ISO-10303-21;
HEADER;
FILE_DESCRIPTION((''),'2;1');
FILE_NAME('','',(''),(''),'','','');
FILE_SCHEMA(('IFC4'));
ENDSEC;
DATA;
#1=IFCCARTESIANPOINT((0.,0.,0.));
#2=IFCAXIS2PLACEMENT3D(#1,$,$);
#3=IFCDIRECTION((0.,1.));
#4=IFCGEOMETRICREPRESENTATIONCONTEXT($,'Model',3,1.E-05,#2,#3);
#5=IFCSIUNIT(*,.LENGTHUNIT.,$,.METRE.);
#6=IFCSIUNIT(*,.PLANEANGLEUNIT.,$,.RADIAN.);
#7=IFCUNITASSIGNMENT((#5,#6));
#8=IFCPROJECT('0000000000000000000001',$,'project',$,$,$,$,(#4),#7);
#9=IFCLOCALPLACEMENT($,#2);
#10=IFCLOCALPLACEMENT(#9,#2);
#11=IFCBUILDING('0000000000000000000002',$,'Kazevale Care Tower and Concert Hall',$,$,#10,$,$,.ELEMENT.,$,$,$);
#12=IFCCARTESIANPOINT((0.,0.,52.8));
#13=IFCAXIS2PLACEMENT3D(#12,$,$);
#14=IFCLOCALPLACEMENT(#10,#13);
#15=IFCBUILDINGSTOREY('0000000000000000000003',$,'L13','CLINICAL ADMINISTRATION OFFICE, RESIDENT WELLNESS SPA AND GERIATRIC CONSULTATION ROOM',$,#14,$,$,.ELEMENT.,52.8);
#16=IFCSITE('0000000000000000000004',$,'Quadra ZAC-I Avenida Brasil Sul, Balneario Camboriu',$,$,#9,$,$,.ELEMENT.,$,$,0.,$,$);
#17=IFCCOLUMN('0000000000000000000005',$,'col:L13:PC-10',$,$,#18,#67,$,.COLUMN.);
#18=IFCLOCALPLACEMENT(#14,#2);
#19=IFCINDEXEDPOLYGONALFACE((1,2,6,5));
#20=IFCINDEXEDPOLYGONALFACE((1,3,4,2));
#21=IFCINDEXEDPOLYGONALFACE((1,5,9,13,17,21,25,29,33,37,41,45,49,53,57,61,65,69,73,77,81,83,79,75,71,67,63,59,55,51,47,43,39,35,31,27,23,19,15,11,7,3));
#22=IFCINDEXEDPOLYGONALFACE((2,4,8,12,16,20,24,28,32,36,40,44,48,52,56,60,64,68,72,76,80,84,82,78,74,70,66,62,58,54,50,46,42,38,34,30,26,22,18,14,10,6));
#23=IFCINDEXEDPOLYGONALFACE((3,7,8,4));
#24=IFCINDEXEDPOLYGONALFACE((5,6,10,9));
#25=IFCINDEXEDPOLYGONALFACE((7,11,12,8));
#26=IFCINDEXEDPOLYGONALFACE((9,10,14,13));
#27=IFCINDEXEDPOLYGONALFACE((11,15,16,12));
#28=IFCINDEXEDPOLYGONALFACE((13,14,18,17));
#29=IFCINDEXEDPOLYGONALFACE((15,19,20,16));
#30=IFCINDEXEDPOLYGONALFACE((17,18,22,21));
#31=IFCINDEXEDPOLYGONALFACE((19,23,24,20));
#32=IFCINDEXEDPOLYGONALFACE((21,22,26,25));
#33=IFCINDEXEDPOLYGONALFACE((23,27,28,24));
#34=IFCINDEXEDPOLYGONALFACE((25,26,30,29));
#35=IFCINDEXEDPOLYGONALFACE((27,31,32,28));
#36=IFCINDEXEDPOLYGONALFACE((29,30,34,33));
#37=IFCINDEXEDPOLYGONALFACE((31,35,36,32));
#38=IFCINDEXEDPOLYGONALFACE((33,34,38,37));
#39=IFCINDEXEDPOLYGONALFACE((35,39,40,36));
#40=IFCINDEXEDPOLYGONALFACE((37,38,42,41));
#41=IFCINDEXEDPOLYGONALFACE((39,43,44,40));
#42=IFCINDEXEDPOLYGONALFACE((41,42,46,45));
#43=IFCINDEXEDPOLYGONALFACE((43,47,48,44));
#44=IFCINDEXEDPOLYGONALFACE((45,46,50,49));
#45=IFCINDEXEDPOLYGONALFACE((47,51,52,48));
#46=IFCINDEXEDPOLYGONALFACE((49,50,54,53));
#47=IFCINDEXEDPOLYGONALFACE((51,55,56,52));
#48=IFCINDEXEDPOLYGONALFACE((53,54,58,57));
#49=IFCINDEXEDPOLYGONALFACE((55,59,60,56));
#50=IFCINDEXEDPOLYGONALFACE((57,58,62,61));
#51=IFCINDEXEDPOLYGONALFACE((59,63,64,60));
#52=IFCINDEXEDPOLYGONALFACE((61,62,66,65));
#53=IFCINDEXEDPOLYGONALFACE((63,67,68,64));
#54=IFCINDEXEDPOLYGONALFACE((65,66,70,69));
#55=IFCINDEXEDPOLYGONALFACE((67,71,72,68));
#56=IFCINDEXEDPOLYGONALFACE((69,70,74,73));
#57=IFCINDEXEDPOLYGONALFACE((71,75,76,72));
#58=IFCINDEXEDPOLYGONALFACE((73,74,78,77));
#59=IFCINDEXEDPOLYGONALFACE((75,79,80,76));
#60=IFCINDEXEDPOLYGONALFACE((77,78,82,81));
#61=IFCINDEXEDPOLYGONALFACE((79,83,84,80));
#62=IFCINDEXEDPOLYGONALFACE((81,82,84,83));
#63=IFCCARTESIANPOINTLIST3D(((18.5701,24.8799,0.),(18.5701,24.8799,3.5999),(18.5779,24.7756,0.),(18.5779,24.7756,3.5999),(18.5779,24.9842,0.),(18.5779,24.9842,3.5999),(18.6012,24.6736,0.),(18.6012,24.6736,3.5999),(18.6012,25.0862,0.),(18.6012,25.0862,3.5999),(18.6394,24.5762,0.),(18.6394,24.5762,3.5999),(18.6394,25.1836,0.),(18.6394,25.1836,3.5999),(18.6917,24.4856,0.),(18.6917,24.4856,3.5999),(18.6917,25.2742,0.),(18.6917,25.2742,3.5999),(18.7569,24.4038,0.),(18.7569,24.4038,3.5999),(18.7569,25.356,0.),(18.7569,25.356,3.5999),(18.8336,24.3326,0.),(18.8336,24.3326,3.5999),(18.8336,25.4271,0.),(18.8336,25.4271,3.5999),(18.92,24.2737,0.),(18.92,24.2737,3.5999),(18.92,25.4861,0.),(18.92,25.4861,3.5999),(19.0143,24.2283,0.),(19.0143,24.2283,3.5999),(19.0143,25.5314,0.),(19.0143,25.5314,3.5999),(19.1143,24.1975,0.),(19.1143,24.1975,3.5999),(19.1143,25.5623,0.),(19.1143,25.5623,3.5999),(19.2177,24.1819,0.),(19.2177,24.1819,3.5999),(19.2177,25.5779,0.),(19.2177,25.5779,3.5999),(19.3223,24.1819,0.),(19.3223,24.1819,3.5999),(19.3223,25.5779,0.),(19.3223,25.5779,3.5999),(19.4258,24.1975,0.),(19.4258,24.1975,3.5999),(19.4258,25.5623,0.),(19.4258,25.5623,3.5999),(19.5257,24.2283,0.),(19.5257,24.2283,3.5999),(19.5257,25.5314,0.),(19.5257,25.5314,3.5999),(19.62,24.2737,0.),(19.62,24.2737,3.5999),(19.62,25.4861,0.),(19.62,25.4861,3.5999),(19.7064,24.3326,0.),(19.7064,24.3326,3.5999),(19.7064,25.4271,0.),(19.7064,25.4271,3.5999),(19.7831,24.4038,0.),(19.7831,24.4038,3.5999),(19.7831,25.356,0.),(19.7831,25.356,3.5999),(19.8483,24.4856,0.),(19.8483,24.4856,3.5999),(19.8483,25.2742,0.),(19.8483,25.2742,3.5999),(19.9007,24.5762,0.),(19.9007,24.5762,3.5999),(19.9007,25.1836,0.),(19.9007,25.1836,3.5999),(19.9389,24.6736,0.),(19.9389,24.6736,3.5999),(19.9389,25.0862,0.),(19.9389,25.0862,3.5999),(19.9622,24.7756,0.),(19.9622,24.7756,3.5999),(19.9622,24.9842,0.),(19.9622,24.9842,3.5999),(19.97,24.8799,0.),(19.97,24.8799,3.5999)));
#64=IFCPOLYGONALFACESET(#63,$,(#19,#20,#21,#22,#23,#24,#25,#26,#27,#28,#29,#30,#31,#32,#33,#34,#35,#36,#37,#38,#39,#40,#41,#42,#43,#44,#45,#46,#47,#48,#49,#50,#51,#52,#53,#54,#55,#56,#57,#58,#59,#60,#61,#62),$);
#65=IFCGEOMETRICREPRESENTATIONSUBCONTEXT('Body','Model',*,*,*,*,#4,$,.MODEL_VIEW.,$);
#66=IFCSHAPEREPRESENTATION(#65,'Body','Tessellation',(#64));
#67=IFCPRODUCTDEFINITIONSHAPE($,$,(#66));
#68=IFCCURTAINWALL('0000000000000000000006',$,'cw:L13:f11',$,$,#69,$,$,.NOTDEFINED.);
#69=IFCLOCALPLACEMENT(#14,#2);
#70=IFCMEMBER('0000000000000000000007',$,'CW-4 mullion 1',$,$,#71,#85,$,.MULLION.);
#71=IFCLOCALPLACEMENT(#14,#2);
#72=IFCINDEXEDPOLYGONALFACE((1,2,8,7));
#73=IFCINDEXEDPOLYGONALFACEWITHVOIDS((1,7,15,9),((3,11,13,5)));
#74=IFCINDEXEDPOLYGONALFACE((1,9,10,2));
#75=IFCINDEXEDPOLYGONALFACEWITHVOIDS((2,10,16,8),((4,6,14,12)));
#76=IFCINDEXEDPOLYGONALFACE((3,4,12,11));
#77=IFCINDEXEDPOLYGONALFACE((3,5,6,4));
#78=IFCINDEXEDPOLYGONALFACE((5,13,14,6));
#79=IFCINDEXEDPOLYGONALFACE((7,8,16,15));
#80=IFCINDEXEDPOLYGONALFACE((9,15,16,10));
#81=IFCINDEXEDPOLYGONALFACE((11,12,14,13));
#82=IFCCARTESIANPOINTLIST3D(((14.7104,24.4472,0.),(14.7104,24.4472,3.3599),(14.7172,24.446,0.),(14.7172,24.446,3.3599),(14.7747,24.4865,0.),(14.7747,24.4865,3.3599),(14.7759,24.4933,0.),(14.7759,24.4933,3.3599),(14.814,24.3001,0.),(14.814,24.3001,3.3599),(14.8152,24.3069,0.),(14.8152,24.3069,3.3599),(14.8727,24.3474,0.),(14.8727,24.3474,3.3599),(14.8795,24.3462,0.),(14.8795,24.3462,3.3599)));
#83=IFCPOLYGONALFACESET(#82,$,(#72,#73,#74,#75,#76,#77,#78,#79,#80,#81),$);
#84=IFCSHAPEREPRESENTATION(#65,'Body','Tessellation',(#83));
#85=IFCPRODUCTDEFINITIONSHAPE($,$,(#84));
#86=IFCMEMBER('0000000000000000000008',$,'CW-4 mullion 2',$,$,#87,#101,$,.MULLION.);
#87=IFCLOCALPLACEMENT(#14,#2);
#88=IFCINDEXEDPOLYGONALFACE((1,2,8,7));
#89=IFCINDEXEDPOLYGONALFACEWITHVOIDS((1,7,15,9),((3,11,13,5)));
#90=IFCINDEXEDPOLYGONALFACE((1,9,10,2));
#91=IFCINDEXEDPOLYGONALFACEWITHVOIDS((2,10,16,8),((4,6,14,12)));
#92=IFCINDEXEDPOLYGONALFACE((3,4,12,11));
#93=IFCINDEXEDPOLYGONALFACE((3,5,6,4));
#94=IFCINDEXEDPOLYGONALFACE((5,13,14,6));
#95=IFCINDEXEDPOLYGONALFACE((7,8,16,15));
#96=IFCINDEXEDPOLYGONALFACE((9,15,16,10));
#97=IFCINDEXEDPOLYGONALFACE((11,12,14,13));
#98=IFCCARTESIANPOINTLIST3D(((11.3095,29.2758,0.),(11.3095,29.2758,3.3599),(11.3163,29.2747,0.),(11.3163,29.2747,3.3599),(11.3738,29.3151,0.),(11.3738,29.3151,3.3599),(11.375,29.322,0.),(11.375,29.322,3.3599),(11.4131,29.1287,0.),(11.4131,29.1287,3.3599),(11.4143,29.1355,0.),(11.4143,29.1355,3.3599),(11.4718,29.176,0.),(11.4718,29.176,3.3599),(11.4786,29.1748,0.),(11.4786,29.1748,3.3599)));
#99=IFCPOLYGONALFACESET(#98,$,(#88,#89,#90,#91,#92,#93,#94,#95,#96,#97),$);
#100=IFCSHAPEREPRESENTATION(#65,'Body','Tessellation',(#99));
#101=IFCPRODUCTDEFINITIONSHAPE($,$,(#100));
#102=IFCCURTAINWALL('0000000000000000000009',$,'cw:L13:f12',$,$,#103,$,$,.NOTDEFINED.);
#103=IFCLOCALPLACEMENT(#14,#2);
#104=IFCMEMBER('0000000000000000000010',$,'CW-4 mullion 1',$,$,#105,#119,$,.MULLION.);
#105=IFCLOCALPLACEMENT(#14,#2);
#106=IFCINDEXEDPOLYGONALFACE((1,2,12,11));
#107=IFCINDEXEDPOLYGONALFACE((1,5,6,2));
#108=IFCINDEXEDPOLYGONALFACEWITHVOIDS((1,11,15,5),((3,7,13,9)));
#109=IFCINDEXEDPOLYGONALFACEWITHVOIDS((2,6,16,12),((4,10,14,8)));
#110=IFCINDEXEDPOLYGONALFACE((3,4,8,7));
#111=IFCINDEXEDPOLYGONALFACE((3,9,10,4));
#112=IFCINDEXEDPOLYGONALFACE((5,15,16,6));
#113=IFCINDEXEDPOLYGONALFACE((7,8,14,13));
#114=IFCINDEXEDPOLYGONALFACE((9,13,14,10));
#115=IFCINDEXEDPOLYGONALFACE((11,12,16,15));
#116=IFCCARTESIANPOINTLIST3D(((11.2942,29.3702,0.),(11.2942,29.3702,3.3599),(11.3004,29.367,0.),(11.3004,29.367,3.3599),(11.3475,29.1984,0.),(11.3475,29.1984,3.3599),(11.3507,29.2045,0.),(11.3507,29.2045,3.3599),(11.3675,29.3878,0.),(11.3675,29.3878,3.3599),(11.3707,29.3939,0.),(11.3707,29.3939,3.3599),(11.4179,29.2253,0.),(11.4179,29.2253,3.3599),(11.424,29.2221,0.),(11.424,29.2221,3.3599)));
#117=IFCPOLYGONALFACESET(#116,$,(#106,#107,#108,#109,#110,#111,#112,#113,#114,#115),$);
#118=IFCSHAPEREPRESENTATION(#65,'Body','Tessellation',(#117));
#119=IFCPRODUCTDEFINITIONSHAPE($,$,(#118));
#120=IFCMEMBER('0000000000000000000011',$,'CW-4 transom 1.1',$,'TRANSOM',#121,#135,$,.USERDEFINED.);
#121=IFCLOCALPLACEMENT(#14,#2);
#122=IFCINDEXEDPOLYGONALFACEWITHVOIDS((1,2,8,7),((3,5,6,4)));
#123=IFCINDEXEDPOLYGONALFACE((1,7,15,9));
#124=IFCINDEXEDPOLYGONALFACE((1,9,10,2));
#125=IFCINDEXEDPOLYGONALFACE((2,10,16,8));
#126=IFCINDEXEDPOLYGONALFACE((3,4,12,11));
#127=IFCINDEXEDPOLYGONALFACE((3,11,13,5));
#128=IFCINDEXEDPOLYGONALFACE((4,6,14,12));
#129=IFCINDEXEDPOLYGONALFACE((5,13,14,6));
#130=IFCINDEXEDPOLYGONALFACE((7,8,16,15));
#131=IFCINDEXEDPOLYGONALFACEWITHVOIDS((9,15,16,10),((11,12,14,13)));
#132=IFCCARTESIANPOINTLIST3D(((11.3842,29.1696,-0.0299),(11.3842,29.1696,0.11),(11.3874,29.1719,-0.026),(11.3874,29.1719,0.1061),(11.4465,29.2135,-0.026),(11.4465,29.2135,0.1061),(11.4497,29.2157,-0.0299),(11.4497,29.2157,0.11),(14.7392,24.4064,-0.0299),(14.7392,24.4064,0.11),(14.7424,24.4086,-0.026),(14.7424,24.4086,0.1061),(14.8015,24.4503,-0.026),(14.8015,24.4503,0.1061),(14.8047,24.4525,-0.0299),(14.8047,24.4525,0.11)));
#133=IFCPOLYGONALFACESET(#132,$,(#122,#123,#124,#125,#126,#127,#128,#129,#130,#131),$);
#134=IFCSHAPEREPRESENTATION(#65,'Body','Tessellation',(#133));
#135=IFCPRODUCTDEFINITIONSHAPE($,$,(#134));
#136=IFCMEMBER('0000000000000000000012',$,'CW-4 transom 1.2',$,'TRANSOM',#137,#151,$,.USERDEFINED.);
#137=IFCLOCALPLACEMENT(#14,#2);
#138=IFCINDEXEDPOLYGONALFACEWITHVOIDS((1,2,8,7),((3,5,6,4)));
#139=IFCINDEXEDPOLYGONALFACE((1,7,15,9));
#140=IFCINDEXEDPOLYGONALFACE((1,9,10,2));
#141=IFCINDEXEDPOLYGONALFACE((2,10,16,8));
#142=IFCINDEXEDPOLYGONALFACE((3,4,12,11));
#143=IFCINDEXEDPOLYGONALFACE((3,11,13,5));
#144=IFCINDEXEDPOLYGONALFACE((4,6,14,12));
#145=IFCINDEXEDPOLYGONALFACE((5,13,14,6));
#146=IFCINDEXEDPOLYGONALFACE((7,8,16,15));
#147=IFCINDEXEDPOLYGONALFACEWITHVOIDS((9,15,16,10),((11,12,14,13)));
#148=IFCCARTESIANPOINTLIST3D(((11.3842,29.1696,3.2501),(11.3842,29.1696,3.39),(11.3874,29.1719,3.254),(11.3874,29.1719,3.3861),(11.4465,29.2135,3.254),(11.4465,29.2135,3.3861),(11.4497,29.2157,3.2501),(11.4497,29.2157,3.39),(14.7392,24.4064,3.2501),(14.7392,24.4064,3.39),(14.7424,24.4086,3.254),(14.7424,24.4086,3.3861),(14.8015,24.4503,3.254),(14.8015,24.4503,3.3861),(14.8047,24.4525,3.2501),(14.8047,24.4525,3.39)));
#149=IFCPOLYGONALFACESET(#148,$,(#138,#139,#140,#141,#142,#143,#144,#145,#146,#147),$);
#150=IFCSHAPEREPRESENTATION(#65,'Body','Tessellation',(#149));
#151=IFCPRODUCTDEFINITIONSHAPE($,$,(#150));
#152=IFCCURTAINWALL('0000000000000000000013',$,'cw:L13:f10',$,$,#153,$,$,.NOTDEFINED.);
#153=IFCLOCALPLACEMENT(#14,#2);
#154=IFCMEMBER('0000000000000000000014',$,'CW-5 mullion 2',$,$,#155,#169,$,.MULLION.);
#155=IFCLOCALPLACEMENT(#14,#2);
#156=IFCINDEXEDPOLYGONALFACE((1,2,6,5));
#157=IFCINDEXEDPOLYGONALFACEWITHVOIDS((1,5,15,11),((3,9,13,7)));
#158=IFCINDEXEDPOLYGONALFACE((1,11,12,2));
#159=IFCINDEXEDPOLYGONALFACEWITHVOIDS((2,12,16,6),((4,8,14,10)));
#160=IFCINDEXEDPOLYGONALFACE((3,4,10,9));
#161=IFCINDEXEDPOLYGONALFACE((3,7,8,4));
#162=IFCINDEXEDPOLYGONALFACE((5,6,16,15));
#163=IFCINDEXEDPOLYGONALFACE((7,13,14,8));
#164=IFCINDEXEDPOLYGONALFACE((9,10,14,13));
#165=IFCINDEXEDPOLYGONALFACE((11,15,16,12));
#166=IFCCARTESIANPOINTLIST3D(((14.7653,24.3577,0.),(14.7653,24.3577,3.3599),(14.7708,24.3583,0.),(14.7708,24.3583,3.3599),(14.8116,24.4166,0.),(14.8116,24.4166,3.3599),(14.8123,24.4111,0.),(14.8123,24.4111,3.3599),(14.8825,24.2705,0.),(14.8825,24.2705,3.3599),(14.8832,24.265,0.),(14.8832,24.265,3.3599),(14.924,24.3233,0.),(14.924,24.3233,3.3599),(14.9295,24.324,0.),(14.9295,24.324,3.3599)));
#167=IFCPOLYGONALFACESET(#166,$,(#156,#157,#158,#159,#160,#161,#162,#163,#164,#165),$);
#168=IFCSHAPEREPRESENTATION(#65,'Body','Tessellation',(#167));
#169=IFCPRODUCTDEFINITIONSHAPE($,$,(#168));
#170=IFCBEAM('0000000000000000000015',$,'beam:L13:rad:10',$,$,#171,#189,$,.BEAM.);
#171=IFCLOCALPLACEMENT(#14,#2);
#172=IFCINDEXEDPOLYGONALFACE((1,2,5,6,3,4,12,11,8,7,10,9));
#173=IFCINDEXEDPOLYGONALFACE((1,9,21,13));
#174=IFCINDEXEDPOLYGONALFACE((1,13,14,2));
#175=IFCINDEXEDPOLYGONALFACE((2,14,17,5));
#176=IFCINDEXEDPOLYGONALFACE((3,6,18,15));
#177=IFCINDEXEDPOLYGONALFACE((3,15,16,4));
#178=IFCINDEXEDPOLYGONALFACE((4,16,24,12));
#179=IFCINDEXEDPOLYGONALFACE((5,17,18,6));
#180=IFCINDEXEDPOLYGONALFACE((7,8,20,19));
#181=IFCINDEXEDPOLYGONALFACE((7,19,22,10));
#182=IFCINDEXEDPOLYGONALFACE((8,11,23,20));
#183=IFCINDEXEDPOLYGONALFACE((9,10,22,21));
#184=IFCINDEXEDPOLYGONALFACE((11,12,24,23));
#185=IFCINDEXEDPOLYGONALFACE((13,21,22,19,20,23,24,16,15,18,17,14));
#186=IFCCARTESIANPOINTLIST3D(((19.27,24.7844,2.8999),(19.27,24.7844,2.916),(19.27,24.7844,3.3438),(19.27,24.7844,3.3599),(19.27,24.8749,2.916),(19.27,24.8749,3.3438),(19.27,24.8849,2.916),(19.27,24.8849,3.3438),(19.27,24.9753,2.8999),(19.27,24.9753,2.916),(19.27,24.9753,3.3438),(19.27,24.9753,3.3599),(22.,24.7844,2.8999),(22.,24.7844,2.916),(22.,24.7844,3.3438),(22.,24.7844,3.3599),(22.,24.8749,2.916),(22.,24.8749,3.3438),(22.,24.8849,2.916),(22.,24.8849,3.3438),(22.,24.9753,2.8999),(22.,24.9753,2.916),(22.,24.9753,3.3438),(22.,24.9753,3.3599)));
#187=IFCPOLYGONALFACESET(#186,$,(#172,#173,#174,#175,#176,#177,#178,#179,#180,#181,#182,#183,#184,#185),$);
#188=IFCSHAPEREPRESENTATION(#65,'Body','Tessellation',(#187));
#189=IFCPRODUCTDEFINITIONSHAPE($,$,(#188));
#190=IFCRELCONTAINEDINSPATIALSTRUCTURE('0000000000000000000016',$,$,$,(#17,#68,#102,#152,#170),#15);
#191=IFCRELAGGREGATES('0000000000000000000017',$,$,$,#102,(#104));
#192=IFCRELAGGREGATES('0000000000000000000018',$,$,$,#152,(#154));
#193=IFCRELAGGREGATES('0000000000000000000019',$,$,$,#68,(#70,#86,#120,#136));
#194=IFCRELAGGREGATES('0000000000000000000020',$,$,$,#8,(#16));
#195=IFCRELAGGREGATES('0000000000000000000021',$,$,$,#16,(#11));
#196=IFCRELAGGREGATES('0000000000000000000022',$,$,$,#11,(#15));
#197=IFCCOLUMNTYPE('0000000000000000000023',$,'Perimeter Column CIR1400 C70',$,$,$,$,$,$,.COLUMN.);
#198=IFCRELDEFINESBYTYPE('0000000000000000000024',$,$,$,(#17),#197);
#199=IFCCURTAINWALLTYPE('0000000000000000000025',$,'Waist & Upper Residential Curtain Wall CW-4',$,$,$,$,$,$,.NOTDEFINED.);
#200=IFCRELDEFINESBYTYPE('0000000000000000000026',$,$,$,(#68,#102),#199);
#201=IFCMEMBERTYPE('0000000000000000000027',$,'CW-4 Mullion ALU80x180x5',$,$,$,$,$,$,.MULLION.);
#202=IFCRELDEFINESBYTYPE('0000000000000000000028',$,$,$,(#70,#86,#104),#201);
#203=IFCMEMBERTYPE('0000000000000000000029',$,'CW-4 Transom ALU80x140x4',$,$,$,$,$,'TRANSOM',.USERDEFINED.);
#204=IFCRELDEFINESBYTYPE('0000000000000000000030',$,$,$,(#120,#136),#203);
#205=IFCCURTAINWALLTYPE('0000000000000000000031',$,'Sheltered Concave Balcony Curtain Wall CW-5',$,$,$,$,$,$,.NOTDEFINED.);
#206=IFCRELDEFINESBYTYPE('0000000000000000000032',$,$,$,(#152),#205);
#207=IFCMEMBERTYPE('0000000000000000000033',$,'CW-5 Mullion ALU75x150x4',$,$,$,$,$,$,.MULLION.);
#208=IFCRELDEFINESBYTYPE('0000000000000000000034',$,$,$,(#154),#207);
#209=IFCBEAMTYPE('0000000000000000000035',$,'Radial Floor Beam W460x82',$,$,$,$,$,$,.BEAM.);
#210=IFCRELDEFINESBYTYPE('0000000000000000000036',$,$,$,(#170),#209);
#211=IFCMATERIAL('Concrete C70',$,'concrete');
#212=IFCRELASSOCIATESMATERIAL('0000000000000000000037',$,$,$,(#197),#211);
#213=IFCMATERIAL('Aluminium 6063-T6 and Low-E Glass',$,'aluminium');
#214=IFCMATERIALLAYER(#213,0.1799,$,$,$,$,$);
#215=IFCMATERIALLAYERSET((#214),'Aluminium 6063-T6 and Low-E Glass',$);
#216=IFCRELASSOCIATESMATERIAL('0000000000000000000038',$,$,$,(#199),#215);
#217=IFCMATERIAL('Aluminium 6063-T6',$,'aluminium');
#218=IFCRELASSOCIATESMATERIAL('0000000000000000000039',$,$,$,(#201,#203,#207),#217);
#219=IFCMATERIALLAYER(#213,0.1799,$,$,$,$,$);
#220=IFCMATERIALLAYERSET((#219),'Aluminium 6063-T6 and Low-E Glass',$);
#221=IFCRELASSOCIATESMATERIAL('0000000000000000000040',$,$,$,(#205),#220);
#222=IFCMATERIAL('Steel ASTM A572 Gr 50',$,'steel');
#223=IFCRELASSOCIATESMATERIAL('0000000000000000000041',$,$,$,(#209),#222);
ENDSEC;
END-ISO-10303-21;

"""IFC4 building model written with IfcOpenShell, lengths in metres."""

from ifc_helpers import new_model, si_unit, direction, frame, origin, origin_2d, place, context, subcontext, project, spatial, hollow_rectangle, circle, i_section, extrude, material, layer, layer_set, material_profile, profile_set, type_object, element, aggregate, save


model = new_model("IFC4")

# Units and contexts
model_context = context("Model", 3, precision=1e-05, world=origin(), true_north=direction((0.0, 1.0)))
body_context = subcontext(model_context, "Body", "Model", "MODEL_VIEW")
ifc_project = project(units=[si_unit("LENGTHUNIT", "METRE"), si_unit("PLANEANGLEUNIT", "RADIAN")], contexts=[model_context])

# Site, building, storey
site_placement = place(None, origin())
site = spatial("IfcSite", under=ifc_project, at=site_placement, Name="Quadra ZAC-I Avenida Brasil Sul, Balneario Camboriu", CompositionType="ELEMENT", RefElevation=0.0)
building_placement = place(site_placement, origin())
building = spatial("IfcBuilding", under=site, at=building_placement, Name="Kazevale Care Tower and Concert Hall", CompositionType="ELEMENT")
storey_placement = place(building_placement, frame((0.0, 0.0, 52.8)))
storey = spatial("IfcBuildingStorey", under=building, at=storey_placement, Name="L13", Description="CLINICAL ADMINISTRATION OFFICE, RESIDENT WELLNESS SPA AND GERIATRIC CONSULTATION ROOM", CompositionType="ELEMENT", Elevation=52.8)

# Column
ifc_material_1 = material(Name="Concrete C70", Category="concrete")
ifc_material_profile_1 = material_profile(ifc_material_1, circle(Radius=0.7, at=origin_2d()), Name="RC-CIR1400")
ifc_profile_set_1 = profile_set([ifc_material_profile_1], Name="Concrete C70")
column_type = type_object("IfcColumnType", Name="Perimeter Column CIR1400 C70", PredefinedType="COLUMN", material=ifc_profile_set_1)
column_placement = place(storey_placement, frame((19.27, 24.8799, 0.0), z_axis=(0.0, 0.0, 1.0), x_axis=(1.0, 0.0, 0.0)))
element("IfcColumn", 1, at=column_placement, inside=storey, type_object=column_type, Name="col:L13:PC-10", PredefinedType="COLUMN", context=body_context, shape_type="SweptSolid", body=[
    extrude(circle(Radius=0.7, at=origin_2d()), origin(), (0.0, 0.0, 1.0), 3.5999),
])

# Curtain wall, members
ifc_material_2 = material(Name="Aluminium 6063-T6 and Low-E Glass", Category="aluminium")
ifc_layer_1 = layer(ifc_material_2, 0.1799)
ifc_layer_set_1 = layer_set([ifc_layer_1], Name="Aluminium 6063-T6 and Low-E Glass")
curtain_wall_type_1 = type_object("IfcCurtainWallType", Name="Waist & Upper Residential Curtain Wall CW-4", PredefinedType="NOTDEFINED", material=ifc_layer_set_1)
curtain_wall_1_placement = place(storey_placement, origin())
curtain_wall_1 = element("IfcCurtainWall", 2, at=curtain_wall_1_placement, inside=storey, type_object=curtain_wall_type_1, Name="cw:L13:f11", PredefinedType="NOTDEFINED")
ifc_material_3 = material(Name="Aluminium 6063-T6", Category="aluminium")
ifc_material_profile_2 = material_profile(ifc_material_3, hollow_rectangle(XDim=0.0801, YDim=0.1799, WallThickness=0.0049, at=origin_2d()), Name="ALU80x180x5")
ifc_profile_set_2 = profile_set([ifc_material_profile_2], Name="Aluminium 6063-T6")
member_type_1 = type_object("IfcMemberType", Name="CW-4 Mullion ALU80x180x5", PredefinedType="MULLION", material=ifc_profile_set_2)
member_1_placement = place(storey_placement, frame((14.7949, 24.3967, 0.0), z_axis=(0.0, 0.0, 1.0), x_axis=(-0.817565, -0.575837, 0.0)))
member_1 = element("IfcMember", 3, at=member_1_placement, type_object=member_type_1, Name="CW-4 mullion 1", PredefinedType="MULLION", context=body_context, shape_type="SweptSolid", body=[
    extrude(hollow_rectangle(XDim=0.0801, YDim=0.1799, WallThickness=0.0049, at=origin_2d()), origin(), (0.0, 0.0, 1.0), 3.3599),
])
member_2_placement = place(storey_placement, frame((11.394, 29.2253, 0.0), z_axis=(0.0, 0.0, 1.0), x_axis=(-0.817565, -0.575837, 0.0)))
member_2 = element("IfcMember", 4, at=member_2_placement, type_object=member_type_1, Name="CW-4 mullion 2", PredefinedType="MULLION", context=body_context, shape_type="SweptSolid", body=[
    extrude(hollow_rectangle(XDim=0.0801, YDim=0.1799, WallThickness=0.0049, at=origin_2d()), origin(), (0.0, 0.0, 1.0), 3.3599),
])

# Curtain wall, member
curtain_wall_2_placement = place(storey_placement, origin())
curtain_wall_2 = element("IfcCurtainWall", 5, at=curtain_wall_2_placement, inside=storey, type_object=curtain_wall_type_1, Name="cw:L13:f12", PredefinedType="NOTDEFINED")
member_3_placement = place(storey_placement, frame((11.3591, 29.2961, 0.0), z_axis=(0.0, 0.0, 1.0), x_axis=(-0.955157, -0.296099, 0.0)))
member_3 = element("IfcMember", 6, at=member_3_placement, type_object=member_type_1, Name="CW-4 mullion 1", PredefinedType="MULLION", context=body_context, shape_type="SweptSolid", body=[
    extrude(hollow_rectangle(XDim=0.0801, YDim=0.1799, WallThickness=0.0049, at=origin_2d()), origin(), (0.0, 0.0, 1.0), 3.3599),
])
aggregate(curtain_wall_2, [member_3])

# Members
ifc_material_profile_3 = material_profile(ifc_material_3, hollow_rectangle(XDim=0.0801, YDim=0.1399, WallThickness=0.0039, at=origin_2d()), Name="ALU80x140x4")
ifc_profile_set_3 = profile_set([ifc_material_profile_3], Name="Aluminium 6063-T6")
member_type_2 = type_object("IfcMemberType", Name="CW-4 Transom ALU80x140x4", ElementType="TRANSOM", PredefinedType="USERDEFINED", material=ifc_profile_set_3)
member_4_placement = place(storey_placement, frame((14.772, 24.4294, 0.04), z_axis=(-0.57585, 0.817555, 0.0), x_axis=(-0.817555, -0.57585, 0.0)))
member_4 = element("IfcMember", 7, at=member_4_placement, type_object=member_type_2, Name="CW-4 transom 1.1", ObjectType="TRANSOM", PredefinedType="USERDEFINED", context=body_context, shape_type="SweptSolid", body=[
    extrude(hollow_rectangle(XDim=0.0801, YDim=0.1399, WallThickness=0.0039, at=origin_2d()), origin(), (0.0, 0.0, 1.0), 5.8262),
])
member_5_placement = place(storey_placement, frame((14.772, 24.4294, 3.3201), z_axis=(-0.57585, 0.817555, 0.0), x_axis=(-0.817555, -0.57585, 0.0)))
member_5 = element("IfcMember", 8, at=member_5_placement, type_object=member_type_2, Name="CW-4 transom 1.2", ObjectType="TRANSOM", PredefinedType="USERDEFINED", context=body_context, shape_type="SweptSolid", body=[
    extrude(hollow_rectangle(XDim=0.0801, YDim=0.1399, WallThickness=0.0039, at=origin_2d()), origin(), (0.0, 0.0, 1.0), 5.8262),
])

# Curtain wall, member
ifc_layer_2 = layer(ifc_material_2, 0.1799)
ifc_layer_set_2 = layer_set([ifc_layer_2], Name="Aluminium 6063-T6 and Low-E Glass")
curtain_wall_type_2 = type_object("IfcCurtainWallType", Name="Sheltered Concave Balcony Curtain Wall CW-5", PredefinedType="NOTDEFINED", material=ifc_layer_set_2)
curtain_wall_3_placement = place(storey_placement, origin())
curtain_wall_3 = element("IfcCurtainWall", 9, at=curtain_wall_3_placement, inside=storey, type_object=curtain_wall_type_2, Name="cw:L13:f10", PredefinedType="NOTDEFINED")
ifc_material_profile_4 = material_profile(ifc_material_3, hollow_rectangle(XDim=0.075, YDim=0.1499, WallThickness=0.0039, at=origin_2d()), Name="ALU75x150x4")
ifc_profile_set_4 = profile_set([ifc_material_profile_4], Name="Aluminium 6063-T6")
member_type_3 = type_object("IfcMemberType", Name="CW-5 Mullion ALU75x150x4", PredefinedType="MULLION", material=ifc_profile_set_4)
member_6_placement = place(storey_placement, frame((14.8474, 24.3408, 0.0), z_axis=(0.0, 0.0, 1.0), x_axis=(-0.617808, -0.786329, 0.0)))
member_6 = element("IfcMember", 10, at=member_6_placement, type_object=member_type_3, Name="CW-5 mullion 2", PredefinedType="MULLION", context=body_context, shape_type="SweptSolid", body=[
    extrude(hollow_rectangle(XDim=0.075, YDim=0.1499, WallThickness=0.0039, at=origin_2d()), origin(), (0.0, 0.0, 1.0), 3.3599),
])
aggregate(curtain_wall_3, [member_6])

# Beam
ifc_material_4 = material(Name="Steel ASTM A572 Gr 50", Category="steel")
ifc_material_profile_5 = material_profile(ifc_material_4, i_section(OverallWidth=0.1909, OverallDepth=0.46, WebThickness=0.01, FlangeThickness=0.0161, at=origin_2d()), Name="W460x82")
ifc_profile_set_5 = profile_set([ifc_material_profile_5], Name="Steel ASTM A572 Gr 50")
beam_type_1 = type_object("IfcBeamType", Name="Radial Floor Beam W460x82", PredefinedType="BEAM", material=ifc_profile_set_5)
beam_1_placement = place(storey_placement, frame((22.0, 24.8799, 3.1299), z_axis=(-1.0, 0.0, 0.0), x_axis=(0.0, -1.0, 0.0)))
element("IfcBeam", 11, at=beam_1_placement, inside=storey, type_object=beam_type_1, Name="beam:L13:rad:10", PredefinedType="BEAM", context=body_context, shape_type="SweptSolid", body=[
    extrude(i_section(OverallWidth=0.1909, OverallDepth=0.46, WebThickness=0.01, FlangeThickness=0.0161, at=origin_2d()), origin(), (0.0, 0.0, 1.0), 2.73),
])

aggregate(curtain_wall_1, [member_1, member_2, member_4, member_5])

save(model, "model.ifc")
